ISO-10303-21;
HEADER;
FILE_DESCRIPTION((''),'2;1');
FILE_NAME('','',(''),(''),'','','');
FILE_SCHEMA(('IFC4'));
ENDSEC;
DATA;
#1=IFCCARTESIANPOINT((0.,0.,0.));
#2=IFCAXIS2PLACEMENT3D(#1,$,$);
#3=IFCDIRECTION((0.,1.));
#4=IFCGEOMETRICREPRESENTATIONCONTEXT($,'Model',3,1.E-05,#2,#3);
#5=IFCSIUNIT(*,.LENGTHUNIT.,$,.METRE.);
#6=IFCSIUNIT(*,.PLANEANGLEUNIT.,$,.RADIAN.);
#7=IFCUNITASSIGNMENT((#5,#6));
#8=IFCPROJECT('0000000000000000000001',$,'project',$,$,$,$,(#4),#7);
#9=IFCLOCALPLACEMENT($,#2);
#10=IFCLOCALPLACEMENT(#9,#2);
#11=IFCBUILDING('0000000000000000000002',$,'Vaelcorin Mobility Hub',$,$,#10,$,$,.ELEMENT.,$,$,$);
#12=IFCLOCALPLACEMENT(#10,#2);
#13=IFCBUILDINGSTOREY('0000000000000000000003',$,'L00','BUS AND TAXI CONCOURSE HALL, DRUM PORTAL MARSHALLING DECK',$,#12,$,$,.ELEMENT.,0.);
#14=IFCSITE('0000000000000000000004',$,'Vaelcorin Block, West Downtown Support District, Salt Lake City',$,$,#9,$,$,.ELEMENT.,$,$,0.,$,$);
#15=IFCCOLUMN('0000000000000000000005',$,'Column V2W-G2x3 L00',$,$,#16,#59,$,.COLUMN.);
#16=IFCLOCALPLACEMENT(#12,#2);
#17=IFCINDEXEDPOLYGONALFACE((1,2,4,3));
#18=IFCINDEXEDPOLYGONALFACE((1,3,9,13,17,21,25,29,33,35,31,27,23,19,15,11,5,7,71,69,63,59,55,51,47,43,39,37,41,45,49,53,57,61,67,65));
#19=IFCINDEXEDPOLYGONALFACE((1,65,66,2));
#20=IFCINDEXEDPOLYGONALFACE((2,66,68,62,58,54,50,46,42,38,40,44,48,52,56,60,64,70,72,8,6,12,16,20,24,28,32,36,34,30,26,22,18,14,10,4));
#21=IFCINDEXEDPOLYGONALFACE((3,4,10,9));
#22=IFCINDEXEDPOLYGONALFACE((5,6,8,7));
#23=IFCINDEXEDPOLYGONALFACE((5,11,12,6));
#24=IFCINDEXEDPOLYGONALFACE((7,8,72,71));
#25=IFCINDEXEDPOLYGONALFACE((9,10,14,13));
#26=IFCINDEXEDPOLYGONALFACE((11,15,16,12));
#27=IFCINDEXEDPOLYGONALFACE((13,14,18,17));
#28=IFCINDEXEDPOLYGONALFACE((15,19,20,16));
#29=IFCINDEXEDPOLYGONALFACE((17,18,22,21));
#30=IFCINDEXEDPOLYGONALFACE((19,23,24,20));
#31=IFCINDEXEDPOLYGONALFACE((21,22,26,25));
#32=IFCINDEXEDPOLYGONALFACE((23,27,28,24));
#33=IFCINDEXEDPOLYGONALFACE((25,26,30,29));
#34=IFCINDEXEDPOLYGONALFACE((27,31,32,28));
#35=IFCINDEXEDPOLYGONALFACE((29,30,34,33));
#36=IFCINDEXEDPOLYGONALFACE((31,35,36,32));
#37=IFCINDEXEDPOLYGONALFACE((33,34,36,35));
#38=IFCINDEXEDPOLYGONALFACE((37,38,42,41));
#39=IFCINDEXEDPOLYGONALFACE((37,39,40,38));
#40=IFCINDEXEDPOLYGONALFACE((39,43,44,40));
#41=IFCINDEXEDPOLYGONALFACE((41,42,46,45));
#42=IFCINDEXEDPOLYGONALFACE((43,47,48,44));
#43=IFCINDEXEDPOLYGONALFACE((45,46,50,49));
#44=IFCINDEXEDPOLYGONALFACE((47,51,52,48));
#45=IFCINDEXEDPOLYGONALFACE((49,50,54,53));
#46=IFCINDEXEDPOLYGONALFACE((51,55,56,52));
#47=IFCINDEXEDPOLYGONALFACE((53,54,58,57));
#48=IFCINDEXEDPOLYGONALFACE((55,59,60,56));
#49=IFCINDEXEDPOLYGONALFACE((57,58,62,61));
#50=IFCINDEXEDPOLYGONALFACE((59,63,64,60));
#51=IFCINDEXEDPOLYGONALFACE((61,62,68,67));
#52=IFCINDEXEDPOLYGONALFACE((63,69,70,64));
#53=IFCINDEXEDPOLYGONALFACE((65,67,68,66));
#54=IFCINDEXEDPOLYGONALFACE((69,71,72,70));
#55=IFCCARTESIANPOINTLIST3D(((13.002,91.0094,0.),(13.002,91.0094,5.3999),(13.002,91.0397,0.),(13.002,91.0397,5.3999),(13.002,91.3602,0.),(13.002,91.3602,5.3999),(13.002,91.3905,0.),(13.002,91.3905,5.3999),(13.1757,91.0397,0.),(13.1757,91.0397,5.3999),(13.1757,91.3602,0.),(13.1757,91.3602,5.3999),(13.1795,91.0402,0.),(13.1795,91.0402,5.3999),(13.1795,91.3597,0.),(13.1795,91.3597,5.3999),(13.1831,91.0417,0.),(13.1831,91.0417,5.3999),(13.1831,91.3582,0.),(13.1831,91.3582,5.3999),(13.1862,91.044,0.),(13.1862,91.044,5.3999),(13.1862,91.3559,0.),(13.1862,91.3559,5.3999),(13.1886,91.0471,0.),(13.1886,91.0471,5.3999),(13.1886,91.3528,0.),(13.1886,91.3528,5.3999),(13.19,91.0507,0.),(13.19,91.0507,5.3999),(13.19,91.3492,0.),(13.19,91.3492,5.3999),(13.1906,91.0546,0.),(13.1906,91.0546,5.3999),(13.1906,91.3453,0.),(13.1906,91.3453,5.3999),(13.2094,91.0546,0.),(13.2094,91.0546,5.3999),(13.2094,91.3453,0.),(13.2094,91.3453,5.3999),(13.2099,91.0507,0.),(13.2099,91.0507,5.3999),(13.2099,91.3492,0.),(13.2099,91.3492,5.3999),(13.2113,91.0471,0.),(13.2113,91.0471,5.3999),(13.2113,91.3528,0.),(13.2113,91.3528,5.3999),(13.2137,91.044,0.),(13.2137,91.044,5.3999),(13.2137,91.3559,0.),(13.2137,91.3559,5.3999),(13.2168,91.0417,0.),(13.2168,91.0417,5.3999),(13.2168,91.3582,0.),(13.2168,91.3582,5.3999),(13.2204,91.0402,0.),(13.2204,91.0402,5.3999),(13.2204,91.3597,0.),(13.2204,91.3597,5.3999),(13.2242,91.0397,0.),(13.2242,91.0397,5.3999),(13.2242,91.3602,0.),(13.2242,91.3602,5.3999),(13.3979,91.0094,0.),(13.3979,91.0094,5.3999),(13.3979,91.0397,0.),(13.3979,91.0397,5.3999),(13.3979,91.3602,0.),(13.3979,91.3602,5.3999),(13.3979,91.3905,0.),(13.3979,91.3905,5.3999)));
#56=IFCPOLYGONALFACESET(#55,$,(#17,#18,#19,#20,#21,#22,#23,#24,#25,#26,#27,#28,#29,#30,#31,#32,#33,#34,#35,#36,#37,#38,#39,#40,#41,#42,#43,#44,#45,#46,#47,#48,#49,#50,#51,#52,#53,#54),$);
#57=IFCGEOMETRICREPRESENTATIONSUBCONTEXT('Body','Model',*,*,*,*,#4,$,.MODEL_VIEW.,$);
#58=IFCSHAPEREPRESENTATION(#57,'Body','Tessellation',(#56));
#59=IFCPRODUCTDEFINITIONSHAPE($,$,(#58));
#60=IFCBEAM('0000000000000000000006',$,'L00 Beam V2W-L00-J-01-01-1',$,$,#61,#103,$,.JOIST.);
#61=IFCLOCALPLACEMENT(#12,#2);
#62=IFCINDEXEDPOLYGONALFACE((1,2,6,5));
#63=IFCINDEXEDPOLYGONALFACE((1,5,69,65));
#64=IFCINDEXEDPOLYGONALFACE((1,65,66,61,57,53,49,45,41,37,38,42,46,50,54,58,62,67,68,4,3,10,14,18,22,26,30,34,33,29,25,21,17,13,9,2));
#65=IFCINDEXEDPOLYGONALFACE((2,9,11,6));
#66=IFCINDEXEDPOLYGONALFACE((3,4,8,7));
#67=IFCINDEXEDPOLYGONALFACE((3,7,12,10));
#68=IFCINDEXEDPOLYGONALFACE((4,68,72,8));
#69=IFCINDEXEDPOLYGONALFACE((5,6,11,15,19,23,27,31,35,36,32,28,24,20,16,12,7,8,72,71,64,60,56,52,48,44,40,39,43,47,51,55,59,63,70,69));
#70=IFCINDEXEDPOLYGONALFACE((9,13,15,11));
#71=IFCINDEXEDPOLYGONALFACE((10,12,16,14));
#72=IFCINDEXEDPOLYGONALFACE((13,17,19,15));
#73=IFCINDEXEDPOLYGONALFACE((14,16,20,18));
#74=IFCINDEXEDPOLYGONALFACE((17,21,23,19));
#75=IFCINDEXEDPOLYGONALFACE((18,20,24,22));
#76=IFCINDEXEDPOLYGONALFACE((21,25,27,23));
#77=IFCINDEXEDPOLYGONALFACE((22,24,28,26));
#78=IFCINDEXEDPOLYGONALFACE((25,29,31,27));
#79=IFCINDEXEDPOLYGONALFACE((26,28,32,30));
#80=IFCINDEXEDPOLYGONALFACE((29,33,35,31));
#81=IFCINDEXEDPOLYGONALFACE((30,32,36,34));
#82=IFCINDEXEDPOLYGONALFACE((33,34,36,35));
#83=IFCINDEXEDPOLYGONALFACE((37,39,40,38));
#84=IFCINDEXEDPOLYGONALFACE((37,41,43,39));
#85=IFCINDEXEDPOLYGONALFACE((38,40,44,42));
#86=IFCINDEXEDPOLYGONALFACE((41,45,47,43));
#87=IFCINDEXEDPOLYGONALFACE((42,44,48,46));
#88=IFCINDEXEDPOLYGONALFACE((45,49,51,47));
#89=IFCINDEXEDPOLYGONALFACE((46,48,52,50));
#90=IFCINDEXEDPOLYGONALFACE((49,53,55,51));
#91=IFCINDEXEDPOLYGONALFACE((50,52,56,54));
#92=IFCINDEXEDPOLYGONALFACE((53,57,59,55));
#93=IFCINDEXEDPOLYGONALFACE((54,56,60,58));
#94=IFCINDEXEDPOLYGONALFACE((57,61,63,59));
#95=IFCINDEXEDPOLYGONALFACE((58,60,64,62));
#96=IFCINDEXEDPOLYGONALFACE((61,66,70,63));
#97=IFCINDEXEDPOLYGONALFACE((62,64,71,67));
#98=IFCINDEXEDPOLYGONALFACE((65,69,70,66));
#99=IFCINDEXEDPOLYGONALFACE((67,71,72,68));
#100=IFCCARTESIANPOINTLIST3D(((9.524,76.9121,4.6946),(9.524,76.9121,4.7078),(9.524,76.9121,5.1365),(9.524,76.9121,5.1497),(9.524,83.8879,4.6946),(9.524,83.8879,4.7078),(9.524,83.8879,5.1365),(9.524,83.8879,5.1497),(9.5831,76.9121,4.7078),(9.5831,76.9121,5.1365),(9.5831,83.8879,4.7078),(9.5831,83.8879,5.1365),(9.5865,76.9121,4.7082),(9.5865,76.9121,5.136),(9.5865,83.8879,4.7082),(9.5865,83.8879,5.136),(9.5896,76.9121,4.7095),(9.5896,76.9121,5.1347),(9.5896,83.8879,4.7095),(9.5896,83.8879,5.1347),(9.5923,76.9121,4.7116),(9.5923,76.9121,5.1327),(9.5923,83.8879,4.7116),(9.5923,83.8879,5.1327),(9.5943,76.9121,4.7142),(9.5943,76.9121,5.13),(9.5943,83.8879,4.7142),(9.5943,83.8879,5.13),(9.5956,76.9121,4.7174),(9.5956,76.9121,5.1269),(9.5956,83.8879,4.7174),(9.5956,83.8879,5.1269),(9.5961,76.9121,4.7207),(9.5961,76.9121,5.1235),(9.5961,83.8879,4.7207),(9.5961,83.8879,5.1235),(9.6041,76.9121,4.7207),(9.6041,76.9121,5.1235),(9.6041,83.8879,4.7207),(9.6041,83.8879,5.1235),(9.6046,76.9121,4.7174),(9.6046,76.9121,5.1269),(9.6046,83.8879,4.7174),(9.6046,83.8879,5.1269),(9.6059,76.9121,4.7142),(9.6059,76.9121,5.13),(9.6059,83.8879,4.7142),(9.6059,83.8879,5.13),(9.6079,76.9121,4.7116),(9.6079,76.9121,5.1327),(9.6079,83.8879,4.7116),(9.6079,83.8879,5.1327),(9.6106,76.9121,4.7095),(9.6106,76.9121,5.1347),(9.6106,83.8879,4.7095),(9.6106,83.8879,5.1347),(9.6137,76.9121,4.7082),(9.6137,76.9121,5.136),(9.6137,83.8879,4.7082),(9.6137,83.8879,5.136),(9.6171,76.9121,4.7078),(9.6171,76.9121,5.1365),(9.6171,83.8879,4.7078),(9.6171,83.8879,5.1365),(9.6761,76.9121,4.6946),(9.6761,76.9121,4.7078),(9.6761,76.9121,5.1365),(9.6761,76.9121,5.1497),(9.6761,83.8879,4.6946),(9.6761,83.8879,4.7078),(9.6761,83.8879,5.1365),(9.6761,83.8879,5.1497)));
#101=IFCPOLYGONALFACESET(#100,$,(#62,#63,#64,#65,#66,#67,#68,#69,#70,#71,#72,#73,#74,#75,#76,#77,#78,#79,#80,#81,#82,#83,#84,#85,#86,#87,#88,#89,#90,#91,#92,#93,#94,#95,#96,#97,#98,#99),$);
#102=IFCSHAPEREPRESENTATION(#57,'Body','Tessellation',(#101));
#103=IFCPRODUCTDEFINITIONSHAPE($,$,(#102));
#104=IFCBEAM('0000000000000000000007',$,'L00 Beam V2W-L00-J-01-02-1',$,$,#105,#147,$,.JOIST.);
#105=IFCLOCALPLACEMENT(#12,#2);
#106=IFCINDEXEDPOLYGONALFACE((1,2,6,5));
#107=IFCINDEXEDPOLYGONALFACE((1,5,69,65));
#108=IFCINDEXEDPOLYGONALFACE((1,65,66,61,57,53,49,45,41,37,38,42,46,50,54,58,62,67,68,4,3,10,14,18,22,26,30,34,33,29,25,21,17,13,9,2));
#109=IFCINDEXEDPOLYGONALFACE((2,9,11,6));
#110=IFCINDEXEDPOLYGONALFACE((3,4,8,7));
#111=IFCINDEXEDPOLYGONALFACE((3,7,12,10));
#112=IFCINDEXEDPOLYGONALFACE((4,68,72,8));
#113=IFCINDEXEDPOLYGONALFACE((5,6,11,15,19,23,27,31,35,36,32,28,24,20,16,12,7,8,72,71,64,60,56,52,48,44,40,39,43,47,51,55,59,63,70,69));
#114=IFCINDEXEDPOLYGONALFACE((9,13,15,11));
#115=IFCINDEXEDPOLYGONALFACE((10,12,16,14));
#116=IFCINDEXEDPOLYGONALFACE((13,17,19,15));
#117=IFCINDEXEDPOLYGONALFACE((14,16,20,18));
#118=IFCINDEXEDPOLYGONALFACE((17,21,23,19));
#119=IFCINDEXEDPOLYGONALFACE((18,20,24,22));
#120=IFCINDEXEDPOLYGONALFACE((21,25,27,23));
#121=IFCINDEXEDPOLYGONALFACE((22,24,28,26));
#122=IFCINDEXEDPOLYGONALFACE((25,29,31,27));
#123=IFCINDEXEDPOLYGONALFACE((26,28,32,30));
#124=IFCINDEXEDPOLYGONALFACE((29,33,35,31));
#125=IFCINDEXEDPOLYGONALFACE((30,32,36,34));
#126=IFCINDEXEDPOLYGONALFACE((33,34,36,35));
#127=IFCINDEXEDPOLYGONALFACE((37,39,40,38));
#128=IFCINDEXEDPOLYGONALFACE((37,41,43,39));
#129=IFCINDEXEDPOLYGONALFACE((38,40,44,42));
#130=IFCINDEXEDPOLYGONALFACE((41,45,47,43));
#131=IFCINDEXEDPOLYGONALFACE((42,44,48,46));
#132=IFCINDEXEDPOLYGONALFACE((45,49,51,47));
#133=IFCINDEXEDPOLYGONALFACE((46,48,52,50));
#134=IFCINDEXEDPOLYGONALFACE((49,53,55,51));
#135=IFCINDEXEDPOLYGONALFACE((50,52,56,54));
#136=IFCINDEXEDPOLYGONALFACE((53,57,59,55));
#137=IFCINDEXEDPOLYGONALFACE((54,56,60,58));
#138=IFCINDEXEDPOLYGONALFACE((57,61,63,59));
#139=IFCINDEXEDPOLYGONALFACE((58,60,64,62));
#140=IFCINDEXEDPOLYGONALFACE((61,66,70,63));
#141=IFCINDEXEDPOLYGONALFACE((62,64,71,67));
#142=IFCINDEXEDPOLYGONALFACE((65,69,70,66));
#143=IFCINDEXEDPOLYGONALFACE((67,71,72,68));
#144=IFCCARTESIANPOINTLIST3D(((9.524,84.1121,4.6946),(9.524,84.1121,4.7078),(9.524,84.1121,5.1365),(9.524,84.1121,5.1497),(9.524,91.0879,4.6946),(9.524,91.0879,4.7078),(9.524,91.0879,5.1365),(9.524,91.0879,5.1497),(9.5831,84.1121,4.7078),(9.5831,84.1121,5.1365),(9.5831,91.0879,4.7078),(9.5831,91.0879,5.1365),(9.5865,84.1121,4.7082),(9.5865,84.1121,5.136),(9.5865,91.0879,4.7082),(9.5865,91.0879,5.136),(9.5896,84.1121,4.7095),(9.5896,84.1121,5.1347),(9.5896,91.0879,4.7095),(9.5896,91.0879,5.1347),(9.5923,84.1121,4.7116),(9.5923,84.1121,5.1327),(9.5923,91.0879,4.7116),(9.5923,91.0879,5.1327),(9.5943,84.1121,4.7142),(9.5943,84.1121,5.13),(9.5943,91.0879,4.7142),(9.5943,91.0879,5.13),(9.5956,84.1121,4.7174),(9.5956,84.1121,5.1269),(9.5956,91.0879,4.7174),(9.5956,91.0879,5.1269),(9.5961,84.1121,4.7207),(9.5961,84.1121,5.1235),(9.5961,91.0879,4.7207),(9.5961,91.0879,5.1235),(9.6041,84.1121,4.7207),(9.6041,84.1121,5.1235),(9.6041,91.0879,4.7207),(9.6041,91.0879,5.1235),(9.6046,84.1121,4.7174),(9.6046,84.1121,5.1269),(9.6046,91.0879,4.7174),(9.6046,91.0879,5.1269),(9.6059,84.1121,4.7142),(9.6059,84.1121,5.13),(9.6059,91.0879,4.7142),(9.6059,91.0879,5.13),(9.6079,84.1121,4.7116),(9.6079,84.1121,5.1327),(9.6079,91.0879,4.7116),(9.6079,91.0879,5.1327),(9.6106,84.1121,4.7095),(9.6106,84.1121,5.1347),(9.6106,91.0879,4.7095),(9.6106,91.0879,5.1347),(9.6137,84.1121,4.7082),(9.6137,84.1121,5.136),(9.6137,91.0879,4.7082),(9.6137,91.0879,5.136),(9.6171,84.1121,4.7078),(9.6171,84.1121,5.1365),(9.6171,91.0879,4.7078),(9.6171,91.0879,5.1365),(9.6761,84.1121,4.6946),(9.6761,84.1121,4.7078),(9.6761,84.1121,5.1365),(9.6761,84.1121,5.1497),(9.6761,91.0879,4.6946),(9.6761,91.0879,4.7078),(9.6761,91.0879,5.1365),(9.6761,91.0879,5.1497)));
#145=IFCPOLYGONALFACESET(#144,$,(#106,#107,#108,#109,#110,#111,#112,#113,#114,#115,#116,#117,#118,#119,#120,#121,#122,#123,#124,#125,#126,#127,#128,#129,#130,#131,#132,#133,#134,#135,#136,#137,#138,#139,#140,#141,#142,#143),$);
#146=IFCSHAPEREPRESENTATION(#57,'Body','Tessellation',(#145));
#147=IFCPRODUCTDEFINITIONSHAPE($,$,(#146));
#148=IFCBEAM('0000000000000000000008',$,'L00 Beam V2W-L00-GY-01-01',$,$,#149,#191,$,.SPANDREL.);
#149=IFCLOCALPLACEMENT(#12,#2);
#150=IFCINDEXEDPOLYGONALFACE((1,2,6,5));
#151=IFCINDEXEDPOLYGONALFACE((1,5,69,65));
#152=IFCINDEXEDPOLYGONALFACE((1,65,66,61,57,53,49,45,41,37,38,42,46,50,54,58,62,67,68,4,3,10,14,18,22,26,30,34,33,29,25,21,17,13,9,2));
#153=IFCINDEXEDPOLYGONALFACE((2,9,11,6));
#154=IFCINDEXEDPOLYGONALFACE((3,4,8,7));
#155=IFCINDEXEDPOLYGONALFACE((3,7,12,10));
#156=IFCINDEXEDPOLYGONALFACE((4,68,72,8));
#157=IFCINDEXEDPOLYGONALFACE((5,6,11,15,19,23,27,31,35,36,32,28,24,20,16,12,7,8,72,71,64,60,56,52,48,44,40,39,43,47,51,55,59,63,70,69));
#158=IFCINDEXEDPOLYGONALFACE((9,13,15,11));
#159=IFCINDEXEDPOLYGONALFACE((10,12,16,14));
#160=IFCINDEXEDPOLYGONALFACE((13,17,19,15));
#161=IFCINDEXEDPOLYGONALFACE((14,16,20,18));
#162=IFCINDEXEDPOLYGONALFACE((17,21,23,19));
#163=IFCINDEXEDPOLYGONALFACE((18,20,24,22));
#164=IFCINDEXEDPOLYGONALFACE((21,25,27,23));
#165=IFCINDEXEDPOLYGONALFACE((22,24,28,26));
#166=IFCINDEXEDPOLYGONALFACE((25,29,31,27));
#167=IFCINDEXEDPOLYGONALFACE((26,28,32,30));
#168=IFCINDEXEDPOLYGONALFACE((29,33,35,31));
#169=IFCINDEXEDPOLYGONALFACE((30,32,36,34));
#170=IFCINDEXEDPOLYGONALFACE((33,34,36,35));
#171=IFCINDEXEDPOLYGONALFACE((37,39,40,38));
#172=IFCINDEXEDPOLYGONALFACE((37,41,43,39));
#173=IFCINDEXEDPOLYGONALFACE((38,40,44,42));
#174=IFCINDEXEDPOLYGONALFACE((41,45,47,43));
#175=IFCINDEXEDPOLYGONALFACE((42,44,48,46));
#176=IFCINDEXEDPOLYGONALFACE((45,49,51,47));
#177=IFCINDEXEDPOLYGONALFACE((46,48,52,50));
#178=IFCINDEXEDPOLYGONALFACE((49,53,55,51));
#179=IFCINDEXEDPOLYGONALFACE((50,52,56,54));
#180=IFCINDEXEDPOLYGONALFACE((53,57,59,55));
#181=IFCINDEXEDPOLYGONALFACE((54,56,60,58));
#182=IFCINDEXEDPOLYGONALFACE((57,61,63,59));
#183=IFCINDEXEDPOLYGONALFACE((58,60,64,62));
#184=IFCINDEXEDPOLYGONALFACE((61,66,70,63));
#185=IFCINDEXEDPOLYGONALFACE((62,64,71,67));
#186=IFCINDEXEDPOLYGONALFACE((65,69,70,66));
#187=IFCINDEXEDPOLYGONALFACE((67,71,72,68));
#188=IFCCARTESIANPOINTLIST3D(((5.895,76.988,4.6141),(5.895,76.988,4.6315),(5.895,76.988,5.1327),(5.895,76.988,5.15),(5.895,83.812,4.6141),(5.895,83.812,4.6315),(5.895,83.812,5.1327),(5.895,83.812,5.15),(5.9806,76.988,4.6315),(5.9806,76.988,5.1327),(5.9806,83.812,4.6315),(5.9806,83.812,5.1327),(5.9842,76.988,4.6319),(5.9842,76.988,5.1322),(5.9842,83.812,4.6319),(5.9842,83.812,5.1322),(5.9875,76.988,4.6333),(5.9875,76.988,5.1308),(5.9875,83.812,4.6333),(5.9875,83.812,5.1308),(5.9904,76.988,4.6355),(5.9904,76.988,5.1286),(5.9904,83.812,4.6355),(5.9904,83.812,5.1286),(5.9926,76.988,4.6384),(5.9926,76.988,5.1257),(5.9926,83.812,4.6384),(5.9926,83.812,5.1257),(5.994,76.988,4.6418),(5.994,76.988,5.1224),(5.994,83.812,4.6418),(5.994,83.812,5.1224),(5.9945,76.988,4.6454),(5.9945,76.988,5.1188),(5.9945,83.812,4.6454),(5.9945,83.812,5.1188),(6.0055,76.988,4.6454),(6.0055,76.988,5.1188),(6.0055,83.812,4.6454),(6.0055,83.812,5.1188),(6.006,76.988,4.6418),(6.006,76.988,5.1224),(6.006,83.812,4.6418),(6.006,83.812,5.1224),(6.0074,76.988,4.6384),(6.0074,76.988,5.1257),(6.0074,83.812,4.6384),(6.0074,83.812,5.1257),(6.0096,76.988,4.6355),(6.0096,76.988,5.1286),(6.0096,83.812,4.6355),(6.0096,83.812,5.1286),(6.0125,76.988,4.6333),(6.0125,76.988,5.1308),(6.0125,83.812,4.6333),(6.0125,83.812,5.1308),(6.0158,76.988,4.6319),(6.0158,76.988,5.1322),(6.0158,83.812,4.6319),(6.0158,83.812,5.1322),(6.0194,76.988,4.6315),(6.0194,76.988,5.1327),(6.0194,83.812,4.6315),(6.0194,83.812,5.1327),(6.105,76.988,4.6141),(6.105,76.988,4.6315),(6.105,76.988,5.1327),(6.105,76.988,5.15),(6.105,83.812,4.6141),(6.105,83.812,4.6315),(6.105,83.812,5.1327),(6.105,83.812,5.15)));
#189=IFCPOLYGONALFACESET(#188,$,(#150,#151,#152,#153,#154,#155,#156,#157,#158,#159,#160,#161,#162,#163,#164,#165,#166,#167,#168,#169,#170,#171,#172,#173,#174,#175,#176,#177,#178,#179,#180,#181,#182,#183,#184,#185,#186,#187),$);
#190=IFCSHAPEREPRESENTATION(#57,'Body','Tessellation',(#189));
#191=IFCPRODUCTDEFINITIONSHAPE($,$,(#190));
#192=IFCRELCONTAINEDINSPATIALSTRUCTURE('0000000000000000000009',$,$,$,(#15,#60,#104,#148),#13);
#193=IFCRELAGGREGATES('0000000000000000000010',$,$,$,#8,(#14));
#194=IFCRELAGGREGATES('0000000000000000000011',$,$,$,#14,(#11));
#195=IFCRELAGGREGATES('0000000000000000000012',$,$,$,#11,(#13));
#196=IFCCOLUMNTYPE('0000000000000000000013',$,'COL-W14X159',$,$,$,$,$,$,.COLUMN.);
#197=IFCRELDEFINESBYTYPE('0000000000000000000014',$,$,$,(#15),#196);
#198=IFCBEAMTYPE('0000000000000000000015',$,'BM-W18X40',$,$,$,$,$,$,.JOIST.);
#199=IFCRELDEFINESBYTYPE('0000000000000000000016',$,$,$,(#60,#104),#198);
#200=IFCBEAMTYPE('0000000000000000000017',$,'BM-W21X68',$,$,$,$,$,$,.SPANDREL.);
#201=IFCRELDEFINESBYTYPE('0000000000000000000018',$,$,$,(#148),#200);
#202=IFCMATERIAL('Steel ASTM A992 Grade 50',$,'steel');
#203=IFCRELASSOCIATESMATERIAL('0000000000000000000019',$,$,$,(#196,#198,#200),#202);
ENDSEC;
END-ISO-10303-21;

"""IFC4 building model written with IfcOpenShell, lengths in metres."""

from ifc_helpers import new_model, si_unit, direction, frame, origin, origin_2d, place, context, subcontext, project, spatial, i_section, extrude, material, material_profile, profile_set, type_object, element, save


model = new_model("IFC4")

# Units and contexts
model_context = context("Model", 3, precision=1e-05, world=origin(), true_north=direction((0.0, 1.0)))
body_context = subcontext(model_context, "Body", "Model", "MODEL_VIEW")
ifc_project = project(units=[si_unit("LENGTHUNIT", "METRE"), si_unit("PLANEANGLEUNIT", "RADIAN")], contexts=[model_context])

# Site, building, storey
site_placement = place(None, origin())
site = spatial("IfcSite", under=ifc_project, at=site_placement, Name="Vaelcorin Block, West Downtown Support District, Salt Lake City", CompositionType="ELEMENT", RefElevation=0.0)
building_placement = place(site_placement, origin())
building = spatial("IfcBuilding", under=site, at=building_placement, Name="Vaelcorin Mobility Hub", CompositionType="ELEMENT")
storey_placement = place(building_placement, origin())
storey = spatial("IfcBuildingStorey", under=building, at=storey_placement, Name="L00", Description="BUS AND TAXI CONCOURSE HALL, DRUM PORTAL MARSHALLING DECK", CompositionType="ELEMENT", Elevation=0.0)

# Column
ifc_material_1 = material(Name="Steel ASTM A992 Grade 50", Category="steel")
ifc_material_profile_1 = material_profile(ifc_material_1, i_section(OverallWidth=0.396, OverallDepth=0.3811, WebThickness=0.0188, FlangeThickness=0.0303, FilletRadius=0.0149, at=origin_2d()), Name="W14X159")
ifc_profile_set_1 = profile_set([ifc_material_profile_1], Name="Steel ASTM A992 Grade 50")
column_type_1 = type_object("IfcColumnType", Name="COL-W14X159", PredefinedType="COLUMN", material=ifc_profile_set_1)
for number, where, z_axis, x_axis, name in (
    (1, (13.2, 91.2, 0.0), (0.0, 0.0, 1.0), (1.0, 0.0, 0.0), "Column V2W-G2x3 L00"),
):
    element("IfcColumn", number, at=place(storey_placement, frame(where, z_axis=z_axis, x_axis=x_axis)), inside=storey, type_object=column_type_1, Name=name, PredefinedType="COLUMN", context=body_context, shape_type="SweptSolid", body=[
        extrude(i_section(OverallWidth=0.396, OverallDepth=0.3811, WebThickness=0.0188, FlangeThickness=0.0303, FilletRadius=0.0149, at=origin_2d()), origin(), (0.0, 0.0, 1.0), 5.3999),
    ])

# Beams
ifc_material_profile_2 = material_profile(ifc_material_1, i_section(OverallWidth=0.1521, OverallDepth=0.4551, WebThickness=0.0081, FlangeThickness=0.0132, FilletRadius=0.0129, at=origin_2d()), Name="W18X40")
ifc_profile_set_2 = profile_set([ifc_material_profile_2], Name="Steel ASTM A992 Grade 50")
beam_type_1 = type_object("IfcBeamType", Name="BM-W18X40", PredefinedType="JOIST", material=ifc_profile_set_2)
for number, where, z_axis, x_axis, name in (
    (2, (9.6001, 76.9121, 4.9221), (0.0, 1.0, 0.0), (-1.0, 0.0, 0.0), "L00 Beam V2W-L00-J-01-01-1"),
    (3, (9.6001, 84.1121, 4.9221), (0.0, 1.0, 0.0), (-1.0, 0.0, 0.0), "L00 Beam V2W-L00-J-01-02-1"),
):
    element("IfcBeam", number, at=place(storey_placement, frame(where, z_axis=z_axis, x_axis=x_axis)), inside=storey, type_object=beam_type_1, Name=name, PredefinedType="JOIST", context=body_context, shape_type="SweptSolid", body=[
        extrude(i_section(OverallWidth=0.1521, OverallDepth=0.4551, WebThickness=0.0081, FlangeThickness=0.0132, FilletRadius=0.0129, at=origin_2d()), origin(), (0.0, 0.0, 1.0), 6.9758),
    ])
ifc_material_profile_3 = material_profile(ifc_material_1, i_section(OverallWidth=0.21, OverallDepth=0.5359, WebThickness=0.011, FlangeThickness=0.0173, FilletRadius=0.0139, at=origin_2d()), Name="W21X68")
ifc_profile_set_3 = profile_set([ifc_material_profile_3], Name="Steel ASTM A992 Grade 50")
beam_type_2 = type_object("IfcBeamType", Name="BM-W21X68", PredefinedType="SPANDREL", material=ifc_profile_set_3)
for number, where, z_axis, x_axis, name in (
    (4, (6.0, 76.988, 4.8821), (0.0, 1.0, 0.0), (-1.0, 0.0, 0.0), "L00 Beam V2W-L00-GY-01-01"),
):
    element("IfcBeam", number, at=place(storey_placement, frame(where, z_axis=z_axis, x_axis=x_axis)), inside=storey, type_object=beam_type_2, Name=name, PredefinedType="SPANDREL", context=body_context, shape_type="SweptSolid", body=[
        extrude(i_section(OverallWidth=0.21, OverallDepth=0.5359, WebThickness=0.011, FlangeThickness=0.0173, FilletRadius=0.0139, at=origin_2d()), origin(), (0.0, 0.0, 1.0), 6.824),
    ])

save(model, "model.ifc")
